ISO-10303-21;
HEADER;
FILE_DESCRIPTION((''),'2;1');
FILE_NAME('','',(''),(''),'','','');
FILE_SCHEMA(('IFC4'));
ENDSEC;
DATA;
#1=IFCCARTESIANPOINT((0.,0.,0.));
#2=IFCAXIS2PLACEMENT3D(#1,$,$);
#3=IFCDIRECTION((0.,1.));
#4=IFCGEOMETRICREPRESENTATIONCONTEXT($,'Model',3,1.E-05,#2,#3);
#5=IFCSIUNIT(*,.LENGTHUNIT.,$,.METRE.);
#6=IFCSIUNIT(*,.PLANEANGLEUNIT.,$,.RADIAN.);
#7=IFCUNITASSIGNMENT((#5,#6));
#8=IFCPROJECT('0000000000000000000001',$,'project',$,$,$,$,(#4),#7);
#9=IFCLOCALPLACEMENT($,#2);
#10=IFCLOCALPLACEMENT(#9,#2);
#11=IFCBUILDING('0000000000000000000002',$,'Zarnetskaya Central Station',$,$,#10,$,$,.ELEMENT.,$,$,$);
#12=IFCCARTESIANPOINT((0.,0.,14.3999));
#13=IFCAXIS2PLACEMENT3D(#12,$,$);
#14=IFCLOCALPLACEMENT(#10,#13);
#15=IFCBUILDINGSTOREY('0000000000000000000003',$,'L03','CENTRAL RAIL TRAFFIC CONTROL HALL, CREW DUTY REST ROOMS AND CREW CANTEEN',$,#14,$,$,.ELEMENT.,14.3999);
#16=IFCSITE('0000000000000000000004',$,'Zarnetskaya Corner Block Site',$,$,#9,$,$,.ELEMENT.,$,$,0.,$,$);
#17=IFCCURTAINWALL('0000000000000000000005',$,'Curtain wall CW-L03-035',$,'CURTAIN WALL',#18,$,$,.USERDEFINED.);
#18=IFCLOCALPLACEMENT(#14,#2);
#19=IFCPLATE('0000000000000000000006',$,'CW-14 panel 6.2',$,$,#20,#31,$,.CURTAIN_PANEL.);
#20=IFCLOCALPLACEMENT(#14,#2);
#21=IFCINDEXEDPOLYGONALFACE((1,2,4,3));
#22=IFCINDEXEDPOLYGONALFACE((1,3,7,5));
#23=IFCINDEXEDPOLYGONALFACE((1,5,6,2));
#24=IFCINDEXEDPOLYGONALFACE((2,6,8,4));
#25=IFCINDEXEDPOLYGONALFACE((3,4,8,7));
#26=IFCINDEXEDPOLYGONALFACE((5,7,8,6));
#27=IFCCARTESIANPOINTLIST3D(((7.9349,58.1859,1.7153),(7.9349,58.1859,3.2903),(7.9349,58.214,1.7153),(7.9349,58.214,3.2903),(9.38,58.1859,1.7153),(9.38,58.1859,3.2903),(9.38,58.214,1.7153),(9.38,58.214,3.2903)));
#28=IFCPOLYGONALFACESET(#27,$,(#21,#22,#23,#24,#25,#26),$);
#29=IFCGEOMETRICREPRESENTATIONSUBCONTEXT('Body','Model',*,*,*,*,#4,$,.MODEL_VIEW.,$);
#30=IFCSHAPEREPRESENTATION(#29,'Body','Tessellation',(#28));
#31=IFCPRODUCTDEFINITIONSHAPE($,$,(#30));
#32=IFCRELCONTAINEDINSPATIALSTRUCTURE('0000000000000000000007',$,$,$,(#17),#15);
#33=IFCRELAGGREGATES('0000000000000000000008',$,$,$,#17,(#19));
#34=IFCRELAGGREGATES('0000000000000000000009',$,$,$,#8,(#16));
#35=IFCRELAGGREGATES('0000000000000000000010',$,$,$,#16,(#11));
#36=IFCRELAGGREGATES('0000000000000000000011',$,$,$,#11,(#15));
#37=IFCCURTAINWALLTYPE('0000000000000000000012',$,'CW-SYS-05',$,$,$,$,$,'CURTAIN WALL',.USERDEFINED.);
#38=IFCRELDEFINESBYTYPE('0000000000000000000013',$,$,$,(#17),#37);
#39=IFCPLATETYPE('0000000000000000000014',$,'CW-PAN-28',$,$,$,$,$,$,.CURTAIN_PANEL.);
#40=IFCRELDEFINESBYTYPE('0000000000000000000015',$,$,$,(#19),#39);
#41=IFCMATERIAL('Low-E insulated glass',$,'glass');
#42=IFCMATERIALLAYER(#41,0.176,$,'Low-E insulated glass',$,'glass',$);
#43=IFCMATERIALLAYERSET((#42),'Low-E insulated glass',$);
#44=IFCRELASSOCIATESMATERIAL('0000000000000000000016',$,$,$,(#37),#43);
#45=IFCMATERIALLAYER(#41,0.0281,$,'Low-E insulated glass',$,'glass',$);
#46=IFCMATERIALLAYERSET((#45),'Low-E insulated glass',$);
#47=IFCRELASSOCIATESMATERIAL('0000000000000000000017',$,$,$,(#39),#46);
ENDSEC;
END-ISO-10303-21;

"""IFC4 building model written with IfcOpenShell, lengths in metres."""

from ifc_helpers import new_model, si_unit, direction, frame, origin, origin_2d, place, context, subcontext, project, spatial, rectangle, extrude, material, layer, layer_set, type_object, element, aggregate, save


model = new_model("IFC4")

# Units and contexts
model_context = context("Model", 3, precision=1e-05, world=origin(), true_north=direction((0.0, 1.0)))
body_context = subcontext(model_context, "Body", "Model", "MODEL_VIEW")
ifc_project = project(units=[si_unit("LENGTHUNIT", "METRE"), si_unit("PLANEANGLEUNIT", "RADIAN")], contexts=[model_context])

# Site, building, storey
site_placement = place(None, origin())
site = spatial("IfcSite", under=ifc_project, at=site_placement, Name="Zarnetskaya Corner Block Site", CompositionType="ELEMENT", RefElevation=0.0)
building_placement = place(site_placement, origin())
building = spatial("IfcBuilding", under=site, at=building_placement, Name="Zarnetskaya Central Station", CompositionType="ELEMENT")
storey_placement = place(building_placement, frame((0.0, 0.0, 14.3999)))
storey = spatial("IfcBuildingStorey", under=building, at=storey_placement, Name="L03", Description="CENTRAL RAIL TRAFFIC CONTROL HALL, CREW DUTY REST ROOMS AND CREW CANTEEN", CompositionType="ELEMENT", Elevation=14.3999)

# Curtain wall, plate
ifc_material_1 = material(Name="Low-E insulated glass", Category="glass")
ifc_layer_1 = layer(ifc_material_1, 0.176, Name="Low-E insulated glass", Category="glass")
ifc_layer_set_1 = layer_set([ifc_layer_1], Name="Low-E insulated glass")
curtain_wall_type = type_object("IfcCurtainWallType", Name="CW-SYS-05", ElementType="CURTAIN WALL", PredefinedType="USERDEFINED", material=ifc_layer_set_1)
curtain_wall_placement = place(storey_placement, origin())
curtain_wall = element("IfcCurtainWall", 1, at=curtain_wall_placement, inside=storey, type_object=curtain_wall_type, Name="Curtain wall CW-L03-035", ObjectType="CURTAIN WALL", PredefinedType="USERDEFINED")
ifc_layer_2 = layer(ifc_material_1, 0.0281, Name="Low-E insulated glass", Category="glass")
ifc_layer_set_2 = layer_set([ifc_layer_2], Name="Low-E insulated glass")
plate_type = type_object("IfcPlateType", Name="CW-PAN-28", PredefinedType="CURTAIN_PANEL", material=ifc_layer_set_2)
plate_1_placement = place(storey_placement, frame((8.6575, 58.2, 1.7153), z_axis=(0.0, 0.0, 1.0), x_axis=(1.0, 0.0, 0.0)))
plate_1 = element("IfcPlate", 2, at=plate_1_placement, type_object=plate_type, Name="CW-14 panel 6.2", PredefinedType="CURTAIN_PANEL", context=body_context, shape_type="SweptSolid", body=[
    extrude(rectangle(XDim=1.4451, YDim=0.0281, at=origin_2d()), origin(), (0.0, 0.0, 1.0), 1.575),
])
aggregate(curtain_wall, [plate_1])

save(model, "model.ifc")
